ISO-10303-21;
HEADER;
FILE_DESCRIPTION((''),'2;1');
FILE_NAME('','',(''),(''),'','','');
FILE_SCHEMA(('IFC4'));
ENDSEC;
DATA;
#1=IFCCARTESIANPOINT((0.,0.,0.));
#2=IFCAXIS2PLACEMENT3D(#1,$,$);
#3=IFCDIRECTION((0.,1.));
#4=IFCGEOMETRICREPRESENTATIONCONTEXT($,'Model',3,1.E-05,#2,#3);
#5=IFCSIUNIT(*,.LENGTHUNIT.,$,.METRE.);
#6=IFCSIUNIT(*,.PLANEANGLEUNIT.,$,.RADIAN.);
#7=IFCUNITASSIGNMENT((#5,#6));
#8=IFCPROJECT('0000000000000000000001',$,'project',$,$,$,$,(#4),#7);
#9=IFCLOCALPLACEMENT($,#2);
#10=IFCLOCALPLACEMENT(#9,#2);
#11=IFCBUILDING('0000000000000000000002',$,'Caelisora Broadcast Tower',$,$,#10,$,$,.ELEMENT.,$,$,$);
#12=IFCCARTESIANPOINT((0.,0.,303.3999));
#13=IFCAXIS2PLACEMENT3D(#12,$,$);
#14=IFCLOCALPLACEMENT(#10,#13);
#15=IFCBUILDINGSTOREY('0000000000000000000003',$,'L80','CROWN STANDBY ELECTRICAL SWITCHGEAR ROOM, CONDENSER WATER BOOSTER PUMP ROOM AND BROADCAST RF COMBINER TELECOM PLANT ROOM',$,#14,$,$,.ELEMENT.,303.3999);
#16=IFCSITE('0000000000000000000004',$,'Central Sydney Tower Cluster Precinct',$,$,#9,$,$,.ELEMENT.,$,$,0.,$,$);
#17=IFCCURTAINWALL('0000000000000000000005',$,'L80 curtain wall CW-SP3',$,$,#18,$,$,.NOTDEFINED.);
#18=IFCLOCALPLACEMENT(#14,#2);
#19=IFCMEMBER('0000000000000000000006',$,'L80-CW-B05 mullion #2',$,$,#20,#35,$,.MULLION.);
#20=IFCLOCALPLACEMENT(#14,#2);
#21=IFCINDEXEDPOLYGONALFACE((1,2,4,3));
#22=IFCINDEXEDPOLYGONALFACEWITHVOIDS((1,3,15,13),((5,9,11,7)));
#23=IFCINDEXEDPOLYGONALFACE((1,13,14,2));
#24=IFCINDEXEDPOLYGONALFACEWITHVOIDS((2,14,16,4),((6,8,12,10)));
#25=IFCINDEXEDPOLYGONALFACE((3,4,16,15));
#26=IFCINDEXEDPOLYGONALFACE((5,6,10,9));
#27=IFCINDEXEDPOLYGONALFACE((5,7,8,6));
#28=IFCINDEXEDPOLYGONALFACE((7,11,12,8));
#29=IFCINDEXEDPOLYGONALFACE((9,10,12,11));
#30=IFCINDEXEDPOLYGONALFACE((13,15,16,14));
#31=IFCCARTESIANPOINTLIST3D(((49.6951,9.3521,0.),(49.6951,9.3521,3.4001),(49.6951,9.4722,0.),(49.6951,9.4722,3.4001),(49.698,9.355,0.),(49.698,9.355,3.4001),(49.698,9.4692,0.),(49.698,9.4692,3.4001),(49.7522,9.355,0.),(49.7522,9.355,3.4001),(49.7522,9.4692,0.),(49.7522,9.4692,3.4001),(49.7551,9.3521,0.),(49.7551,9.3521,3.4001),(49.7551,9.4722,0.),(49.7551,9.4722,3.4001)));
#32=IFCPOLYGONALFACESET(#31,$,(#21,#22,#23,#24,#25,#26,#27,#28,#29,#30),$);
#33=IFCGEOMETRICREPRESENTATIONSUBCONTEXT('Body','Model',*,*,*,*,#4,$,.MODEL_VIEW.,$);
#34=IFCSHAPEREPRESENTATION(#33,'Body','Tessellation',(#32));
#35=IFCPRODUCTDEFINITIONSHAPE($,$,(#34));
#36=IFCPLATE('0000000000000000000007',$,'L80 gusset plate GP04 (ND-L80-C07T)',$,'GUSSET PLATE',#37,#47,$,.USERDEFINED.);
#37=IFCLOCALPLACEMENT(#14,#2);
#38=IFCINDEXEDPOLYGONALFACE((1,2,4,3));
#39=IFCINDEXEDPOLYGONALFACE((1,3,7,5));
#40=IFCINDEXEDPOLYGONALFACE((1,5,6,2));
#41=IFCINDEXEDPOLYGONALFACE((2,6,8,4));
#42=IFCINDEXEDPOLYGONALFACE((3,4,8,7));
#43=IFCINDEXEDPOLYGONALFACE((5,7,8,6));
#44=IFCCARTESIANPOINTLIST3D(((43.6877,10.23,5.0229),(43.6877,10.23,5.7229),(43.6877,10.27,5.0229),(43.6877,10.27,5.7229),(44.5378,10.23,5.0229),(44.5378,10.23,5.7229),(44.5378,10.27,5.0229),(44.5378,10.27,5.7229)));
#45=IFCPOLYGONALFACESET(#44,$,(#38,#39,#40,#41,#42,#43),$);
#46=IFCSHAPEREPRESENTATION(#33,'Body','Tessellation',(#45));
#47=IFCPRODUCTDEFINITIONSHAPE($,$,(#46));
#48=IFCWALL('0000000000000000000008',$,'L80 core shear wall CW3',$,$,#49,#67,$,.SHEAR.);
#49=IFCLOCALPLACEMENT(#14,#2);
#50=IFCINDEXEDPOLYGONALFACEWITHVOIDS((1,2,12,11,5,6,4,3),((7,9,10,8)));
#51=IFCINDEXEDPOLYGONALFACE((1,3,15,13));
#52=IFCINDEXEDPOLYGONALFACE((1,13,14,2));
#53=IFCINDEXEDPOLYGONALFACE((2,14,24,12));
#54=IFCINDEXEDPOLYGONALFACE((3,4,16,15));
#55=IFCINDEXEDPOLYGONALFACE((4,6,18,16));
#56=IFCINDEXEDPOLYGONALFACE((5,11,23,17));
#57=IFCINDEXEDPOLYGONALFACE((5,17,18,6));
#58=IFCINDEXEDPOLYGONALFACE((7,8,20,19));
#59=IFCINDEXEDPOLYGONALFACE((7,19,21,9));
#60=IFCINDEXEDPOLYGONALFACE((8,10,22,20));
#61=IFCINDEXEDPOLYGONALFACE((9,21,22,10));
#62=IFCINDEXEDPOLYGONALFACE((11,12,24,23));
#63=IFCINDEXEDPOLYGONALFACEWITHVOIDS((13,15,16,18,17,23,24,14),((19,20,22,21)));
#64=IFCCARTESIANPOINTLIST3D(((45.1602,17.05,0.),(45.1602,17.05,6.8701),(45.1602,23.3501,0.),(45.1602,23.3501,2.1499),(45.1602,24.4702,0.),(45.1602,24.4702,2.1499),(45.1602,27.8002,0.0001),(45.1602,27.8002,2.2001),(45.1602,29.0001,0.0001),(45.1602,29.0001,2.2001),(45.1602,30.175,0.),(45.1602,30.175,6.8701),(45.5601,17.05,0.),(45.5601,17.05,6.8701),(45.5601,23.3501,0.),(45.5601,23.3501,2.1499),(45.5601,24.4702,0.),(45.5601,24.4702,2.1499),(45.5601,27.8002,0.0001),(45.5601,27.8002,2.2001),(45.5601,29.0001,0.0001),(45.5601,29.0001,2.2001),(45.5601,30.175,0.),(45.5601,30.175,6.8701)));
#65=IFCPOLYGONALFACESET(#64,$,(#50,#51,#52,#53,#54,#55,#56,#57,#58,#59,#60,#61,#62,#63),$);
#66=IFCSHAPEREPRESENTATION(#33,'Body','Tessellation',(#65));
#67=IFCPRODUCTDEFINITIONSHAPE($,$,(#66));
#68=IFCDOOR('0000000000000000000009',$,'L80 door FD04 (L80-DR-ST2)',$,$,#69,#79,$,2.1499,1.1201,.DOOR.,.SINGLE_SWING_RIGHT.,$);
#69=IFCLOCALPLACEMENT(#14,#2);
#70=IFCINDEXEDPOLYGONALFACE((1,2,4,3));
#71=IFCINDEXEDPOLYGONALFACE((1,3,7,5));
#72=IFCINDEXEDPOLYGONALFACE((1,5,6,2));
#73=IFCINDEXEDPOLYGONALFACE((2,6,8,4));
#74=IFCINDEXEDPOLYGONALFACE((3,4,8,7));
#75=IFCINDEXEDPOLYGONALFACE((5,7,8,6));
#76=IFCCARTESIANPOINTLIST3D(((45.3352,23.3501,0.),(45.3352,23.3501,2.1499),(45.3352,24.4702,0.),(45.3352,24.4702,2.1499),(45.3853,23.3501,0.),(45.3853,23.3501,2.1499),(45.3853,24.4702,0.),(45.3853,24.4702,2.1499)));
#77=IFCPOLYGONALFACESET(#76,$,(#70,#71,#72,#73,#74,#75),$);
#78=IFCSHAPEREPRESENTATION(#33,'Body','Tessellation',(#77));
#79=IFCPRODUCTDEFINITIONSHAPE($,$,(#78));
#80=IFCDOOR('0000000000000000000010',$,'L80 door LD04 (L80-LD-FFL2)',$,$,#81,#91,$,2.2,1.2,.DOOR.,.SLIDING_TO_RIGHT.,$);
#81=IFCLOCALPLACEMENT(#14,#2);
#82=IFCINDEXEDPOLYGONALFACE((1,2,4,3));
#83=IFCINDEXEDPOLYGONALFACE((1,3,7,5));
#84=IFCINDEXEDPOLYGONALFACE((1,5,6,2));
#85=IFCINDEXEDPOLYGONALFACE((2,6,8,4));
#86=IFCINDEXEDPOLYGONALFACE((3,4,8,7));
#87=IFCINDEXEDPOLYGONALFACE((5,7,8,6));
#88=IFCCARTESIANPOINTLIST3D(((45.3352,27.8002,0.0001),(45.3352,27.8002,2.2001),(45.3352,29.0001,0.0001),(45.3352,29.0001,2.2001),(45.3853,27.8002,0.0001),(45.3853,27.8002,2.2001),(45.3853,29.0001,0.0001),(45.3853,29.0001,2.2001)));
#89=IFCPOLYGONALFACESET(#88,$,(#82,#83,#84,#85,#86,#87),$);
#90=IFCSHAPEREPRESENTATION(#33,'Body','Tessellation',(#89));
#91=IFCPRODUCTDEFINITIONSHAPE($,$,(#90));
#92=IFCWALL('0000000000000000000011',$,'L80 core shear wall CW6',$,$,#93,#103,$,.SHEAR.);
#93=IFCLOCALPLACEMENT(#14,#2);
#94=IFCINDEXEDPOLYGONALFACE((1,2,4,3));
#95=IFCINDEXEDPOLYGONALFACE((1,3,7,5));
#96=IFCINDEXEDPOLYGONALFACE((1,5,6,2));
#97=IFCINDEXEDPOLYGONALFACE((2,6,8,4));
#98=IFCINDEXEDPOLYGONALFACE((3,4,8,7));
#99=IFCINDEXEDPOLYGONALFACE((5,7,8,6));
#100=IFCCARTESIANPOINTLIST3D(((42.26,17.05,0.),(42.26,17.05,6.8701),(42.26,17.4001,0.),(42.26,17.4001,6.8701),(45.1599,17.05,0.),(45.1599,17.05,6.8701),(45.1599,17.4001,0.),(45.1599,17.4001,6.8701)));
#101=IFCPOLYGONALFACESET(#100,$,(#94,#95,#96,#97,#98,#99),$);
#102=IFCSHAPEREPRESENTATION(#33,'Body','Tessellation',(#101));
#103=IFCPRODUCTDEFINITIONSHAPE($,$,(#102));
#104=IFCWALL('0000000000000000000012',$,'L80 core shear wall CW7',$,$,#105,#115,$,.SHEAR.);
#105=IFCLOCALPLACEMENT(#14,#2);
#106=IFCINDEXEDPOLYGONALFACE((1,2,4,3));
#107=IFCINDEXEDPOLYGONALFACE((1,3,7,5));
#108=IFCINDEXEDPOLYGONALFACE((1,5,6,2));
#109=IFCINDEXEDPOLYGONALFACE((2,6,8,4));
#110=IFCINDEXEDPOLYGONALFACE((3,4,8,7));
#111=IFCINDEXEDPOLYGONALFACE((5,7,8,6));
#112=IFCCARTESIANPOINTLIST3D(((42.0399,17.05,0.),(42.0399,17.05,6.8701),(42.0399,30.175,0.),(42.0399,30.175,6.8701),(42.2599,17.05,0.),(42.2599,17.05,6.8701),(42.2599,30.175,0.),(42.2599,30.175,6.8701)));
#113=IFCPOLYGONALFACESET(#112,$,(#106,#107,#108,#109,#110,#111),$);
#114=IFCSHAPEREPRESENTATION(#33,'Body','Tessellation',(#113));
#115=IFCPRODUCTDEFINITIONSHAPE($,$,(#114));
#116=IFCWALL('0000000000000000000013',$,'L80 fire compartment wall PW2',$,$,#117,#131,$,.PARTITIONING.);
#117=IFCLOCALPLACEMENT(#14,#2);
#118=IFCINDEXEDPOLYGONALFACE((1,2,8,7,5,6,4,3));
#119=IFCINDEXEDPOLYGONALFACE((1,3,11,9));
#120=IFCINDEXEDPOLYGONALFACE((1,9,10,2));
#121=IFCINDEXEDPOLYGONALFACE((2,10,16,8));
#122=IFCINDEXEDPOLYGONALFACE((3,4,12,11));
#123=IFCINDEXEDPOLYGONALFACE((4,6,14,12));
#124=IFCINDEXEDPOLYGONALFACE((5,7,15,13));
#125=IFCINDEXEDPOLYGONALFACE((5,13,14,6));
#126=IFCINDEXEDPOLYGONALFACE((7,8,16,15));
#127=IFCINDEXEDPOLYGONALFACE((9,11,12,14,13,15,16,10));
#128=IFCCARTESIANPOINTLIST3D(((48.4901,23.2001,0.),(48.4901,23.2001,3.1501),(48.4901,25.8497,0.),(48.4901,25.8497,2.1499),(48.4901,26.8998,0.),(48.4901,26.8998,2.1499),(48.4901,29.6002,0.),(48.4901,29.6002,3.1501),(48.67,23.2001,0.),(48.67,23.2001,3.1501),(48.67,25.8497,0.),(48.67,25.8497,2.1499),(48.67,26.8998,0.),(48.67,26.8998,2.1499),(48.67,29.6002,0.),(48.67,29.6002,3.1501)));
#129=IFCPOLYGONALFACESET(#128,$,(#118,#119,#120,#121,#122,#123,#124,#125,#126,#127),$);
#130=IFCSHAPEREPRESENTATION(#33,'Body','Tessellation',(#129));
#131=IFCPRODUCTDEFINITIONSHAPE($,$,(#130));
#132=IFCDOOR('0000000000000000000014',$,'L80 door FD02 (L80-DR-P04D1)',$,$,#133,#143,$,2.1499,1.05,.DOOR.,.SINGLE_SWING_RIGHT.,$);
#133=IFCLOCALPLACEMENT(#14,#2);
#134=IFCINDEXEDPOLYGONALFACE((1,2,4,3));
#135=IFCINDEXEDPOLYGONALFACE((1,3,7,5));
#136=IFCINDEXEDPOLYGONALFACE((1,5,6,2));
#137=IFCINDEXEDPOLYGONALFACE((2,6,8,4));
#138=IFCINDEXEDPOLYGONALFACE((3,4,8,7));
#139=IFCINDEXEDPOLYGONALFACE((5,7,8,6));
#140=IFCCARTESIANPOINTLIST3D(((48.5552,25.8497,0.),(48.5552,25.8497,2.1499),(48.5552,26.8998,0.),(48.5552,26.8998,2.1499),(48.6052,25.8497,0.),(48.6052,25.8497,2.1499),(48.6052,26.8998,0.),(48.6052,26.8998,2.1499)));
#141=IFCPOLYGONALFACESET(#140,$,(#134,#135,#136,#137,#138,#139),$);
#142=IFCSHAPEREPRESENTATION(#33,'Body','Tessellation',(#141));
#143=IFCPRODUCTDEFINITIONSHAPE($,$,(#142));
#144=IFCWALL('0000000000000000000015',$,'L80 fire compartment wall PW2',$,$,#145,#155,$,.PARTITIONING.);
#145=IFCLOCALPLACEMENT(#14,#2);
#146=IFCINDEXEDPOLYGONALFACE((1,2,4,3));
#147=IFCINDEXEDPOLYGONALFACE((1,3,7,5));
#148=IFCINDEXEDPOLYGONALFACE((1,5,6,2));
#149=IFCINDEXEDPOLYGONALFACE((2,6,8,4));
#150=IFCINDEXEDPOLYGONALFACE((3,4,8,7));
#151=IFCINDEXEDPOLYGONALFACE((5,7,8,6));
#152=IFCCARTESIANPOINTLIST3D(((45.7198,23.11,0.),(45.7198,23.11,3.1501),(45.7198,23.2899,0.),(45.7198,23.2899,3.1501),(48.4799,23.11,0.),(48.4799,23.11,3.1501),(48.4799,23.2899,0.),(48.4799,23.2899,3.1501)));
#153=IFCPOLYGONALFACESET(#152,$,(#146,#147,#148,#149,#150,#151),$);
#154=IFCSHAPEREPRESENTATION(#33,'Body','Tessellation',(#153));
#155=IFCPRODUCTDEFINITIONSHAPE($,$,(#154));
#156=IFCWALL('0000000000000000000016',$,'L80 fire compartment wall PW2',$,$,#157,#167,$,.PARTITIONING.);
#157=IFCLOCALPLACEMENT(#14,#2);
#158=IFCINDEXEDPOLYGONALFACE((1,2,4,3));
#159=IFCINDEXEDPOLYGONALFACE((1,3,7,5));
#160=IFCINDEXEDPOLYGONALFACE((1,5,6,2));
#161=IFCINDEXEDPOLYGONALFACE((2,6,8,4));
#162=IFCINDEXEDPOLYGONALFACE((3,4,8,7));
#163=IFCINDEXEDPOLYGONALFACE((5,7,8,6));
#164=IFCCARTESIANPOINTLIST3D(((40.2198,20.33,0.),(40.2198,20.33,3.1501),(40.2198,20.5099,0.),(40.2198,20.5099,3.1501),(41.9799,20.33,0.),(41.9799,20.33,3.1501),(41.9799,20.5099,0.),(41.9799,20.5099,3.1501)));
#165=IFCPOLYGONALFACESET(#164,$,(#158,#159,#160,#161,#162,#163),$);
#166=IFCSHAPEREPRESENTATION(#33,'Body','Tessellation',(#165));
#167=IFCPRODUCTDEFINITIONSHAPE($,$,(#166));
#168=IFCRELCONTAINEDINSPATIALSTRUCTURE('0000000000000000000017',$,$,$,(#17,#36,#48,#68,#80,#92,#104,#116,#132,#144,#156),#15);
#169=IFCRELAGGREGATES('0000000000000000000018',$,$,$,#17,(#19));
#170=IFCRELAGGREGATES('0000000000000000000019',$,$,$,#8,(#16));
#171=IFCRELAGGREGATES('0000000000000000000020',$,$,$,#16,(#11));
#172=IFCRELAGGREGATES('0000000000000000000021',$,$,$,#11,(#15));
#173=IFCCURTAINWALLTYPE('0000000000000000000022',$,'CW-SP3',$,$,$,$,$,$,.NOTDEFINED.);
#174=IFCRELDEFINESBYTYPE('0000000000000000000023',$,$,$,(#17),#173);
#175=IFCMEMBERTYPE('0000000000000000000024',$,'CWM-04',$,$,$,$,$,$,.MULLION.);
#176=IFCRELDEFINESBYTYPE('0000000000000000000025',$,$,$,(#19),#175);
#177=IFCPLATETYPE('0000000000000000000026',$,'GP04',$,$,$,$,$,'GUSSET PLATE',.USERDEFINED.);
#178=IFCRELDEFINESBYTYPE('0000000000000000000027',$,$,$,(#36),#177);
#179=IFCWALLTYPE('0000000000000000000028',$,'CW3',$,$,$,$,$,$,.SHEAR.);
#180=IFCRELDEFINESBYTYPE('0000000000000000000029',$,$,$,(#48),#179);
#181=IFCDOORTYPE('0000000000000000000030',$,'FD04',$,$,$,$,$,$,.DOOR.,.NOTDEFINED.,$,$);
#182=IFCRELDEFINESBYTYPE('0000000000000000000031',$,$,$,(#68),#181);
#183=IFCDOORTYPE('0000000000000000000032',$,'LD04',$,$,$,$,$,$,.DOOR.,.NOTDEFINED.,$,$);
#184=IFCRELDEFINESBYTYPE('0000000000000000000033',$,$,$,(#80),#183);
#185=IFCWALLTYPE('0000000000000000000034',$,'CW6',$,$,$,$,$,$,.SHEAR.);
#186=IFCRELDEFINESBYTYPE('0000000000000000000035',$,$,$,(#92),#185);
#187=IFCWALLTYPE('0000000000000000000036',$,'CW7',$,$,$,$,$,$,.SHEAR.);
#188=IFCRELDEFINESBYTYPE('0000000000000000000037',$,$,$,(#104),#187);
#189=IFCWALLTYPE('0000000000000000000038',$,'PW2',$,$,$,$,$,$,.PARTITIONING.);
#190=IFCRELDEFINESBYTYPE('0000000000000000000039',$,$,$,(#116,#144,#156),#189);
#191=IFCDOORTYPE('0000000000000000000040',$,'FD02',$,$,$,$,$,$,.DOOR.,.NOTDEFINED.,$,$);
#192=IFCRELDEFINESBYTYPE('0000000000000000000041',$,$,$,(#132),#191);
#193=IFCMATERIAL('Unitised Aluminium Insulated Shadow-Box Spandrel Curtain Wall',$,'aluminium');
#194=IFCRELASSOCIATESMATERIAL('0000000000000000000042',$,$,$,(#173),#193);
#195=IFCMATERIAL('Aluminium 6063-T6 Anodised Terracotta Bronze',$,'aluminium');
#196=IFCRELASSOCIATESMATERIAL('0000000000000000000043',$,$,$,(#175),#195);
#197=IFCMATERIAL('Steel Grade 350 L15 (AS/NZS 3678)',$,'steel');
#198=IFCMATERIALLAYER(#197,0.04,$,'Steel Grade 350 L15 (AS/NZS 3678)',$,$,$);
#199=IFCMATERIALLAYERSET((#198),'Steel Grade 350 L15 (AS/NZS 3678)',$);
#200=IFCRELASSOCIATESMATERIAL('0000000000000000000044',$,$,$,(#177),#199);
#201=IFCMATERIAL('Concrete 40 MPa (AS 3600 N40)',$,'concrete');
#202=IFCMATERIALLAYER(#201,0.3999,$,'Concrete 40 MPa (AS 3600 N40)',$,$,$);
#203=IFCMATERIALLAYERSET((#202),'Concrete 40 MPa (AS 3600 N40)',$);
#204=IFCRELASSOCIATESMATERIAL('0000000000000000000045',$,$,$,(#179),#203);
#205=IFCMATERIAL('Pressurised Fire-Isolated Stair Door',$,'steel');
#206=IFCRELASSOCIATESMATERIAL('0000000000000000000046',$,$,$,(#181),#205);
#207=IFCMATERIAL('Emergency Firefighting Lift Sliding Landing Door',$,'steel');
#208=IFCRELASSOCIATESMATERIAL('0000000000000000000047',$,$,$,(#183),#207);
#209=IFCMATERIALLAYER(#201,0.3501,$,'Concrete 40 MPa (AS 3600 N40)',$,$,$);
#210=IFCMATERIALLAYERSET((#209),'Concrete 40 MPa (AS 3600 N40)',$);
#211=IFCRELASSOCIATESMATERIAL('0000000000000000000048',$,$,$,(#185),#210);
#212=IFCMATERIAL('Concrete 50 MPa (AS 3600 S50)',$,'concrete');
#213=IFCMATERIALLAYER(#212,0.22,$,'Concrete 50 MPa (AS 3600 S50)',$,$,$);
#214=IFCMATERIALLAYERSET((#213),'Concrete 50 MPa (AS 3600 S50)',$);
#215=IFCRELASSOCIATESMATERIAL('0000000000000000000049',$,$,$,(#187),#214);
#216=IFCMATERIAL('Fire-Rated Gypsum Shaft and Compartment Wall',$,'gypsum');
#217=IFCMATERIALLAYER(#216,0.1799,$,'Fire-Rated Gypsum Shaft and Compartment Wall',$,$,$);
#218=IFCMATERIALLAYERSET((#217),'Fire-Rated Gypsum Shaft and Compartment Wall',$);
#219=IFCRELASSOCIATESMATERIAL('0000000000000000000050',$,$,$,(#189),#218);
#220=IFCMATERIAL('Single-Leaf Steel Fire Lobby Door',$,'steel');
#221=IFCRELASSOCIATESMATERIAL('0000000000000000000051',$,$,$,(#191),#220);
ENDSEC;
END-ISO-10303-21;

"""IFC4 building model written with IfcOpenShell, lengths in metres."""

from ifc_helpers import new_model, si_unit, direction, frame, frame_2d, origin, origin_2d, place, context, subcontext, project, spatial, rectangle, hollow_rectangle, extrude, source, transform, mapped, material, layer, layer_set, material_profile, profile_set, type_object, type_shapes, element, fill, aggregate, save


model = new_model("IFC4")

# Units and contexts
model_context = context("Model", 3, precision=1e-05, world=origin(), true_north=direction((0.0, 1.0)))
body_context = subcontext(model_context, "Body", "Model", "MODEL_VIEW")
ifc_project = project(units=[si_unit("LENGTHUNIT", "METRE"), si_unit("PLANEANGLEUNIT", "RADIAN")], contexts=[model_context])

# Site, building, storey
site_placement = place(None, origin())
site = spatial("IfcSite", under=ifc_project, at=site_placement, Name="Central Sydney Tower Cluster Precinct", CompositionType="ELEMENT", RefElevation=0.0)
building_placement = place(site_placement, origin())
building = spatial("IfcBuilding", under=site, at=building_placement, Name="Caelisora Broadcast Tower", CompositionType="ELEMENT")
storey_placement = place(building_placement, frame((0.0, 0.0, 303.3999)))
storey = spatial("IfcBuildingStorey", under=building, at=storey_placement, Name="L80", Description="CROWN STANDBY ELECTRICAL SWITCHGEAR ROOM, CONDENSER WATER BOOSTER PUMP ROOM AND BROADCAST RF COMBINER TELECOM PLANT ROOM", CompositionType="ELEMENT", Elevation=303.3999)

# Curtain wall, member
ifc_material_1 = material(Name="Unitised Aluminium Insulated Shadow-Box Spandrel Curtain Wall", Category="aluminium")
curtain_wall_type = type_object("IfcCurtainWallType", Name="CW-SP3", PredefinedType="NOTDEFINED", material=ifc_material_1)
curtain_wall_placement = place(storey_placement, origin())
curtain_wall = element("IfcCurtainWall", 1, at=curtain_wall_placement, inside=storey, type_object=curtain_wall_type, Name="L80 curtain wall CW-SP3", PredefinedType="NOTDEFINED")
ifc_material_2 = material(Name="Aluminium 6063-T6 Anodised Terracotta Bronze", Category="aluminium")
ifc_material_profile_1 = material_profile(ifc_material_2, hollow_rectangle(XDim=0.0601, YDim=0.1201, WallThickness=0.0029, at=origin_2d()), Name="Aluminium 6063-T6 Anodised Terracotta Bronze")
ifc_profile_set_1 = profile_set([ifc_material_profile_1], Name="Aluminium 6063-T6 Anodised Terracotta Bronze")
member_type = type_object("IfcMemberType", Name="CWM-04", PredefinedType="MULLION", material=ifc_profile_set_1)
shared_shape_1 = source(origin(), body_context, "Body", "SweptSolid", [
    extrude(hollow_rectangle(XDim=0.0601, YDim=0.1201, WallThickness=0.0029, at=origin_2d()), origin(), (0.0, 0.0, 1.0), 3.4001),
])
type_shapes(member_type, [shared_shape_1])
member_placement = place(storey_placement, frame((49.7251, 9.4121, 0.0), z_axis=(0.0, 0.0, 1.0), x_axis=(1.0, 0.0, 0.0)))
member = element("IfcMember", 2, at=member_placement, type_object=member_type, Name="L80-CW-B05 mullion #2", PredefinedType="MULLION", context=body_context, shape_type="MappedRepresentation", body=[
    mapped(shared_shape_1, transform((0.0, 0.0, 0.0), scale=1.0)),
])
aggregate(curtain_wall, [member])

# Plate
ifc_material_3 = material(Name="Steel Grade 350 L15 (AS/NZS 3678)", Category="steel")
ifc_layer_1 = layer(ifc_material_3, 0.04, Name="Steel Grade 350 L15 (AS/NZS 3678)")
ifc_layer_set_1 = layer_set([ifc_layer_1], Name="Steel Grade 350 L15 (AS/NZS 3678)")
plate_type = type_object("IfcPlateType", Name="GP04", ElementType="GUSSET PLATE", PredefinedType="USERDEFINED", material=ifc_layer_set_1)
shared_shape_2 = source(origin(), body_context, "Body", "SweptSolid", [
    extrude(rectangle(XDim=0.8501, YDim=0.04, at=origin_2d()), origin(), (0.0, 0.0, 1.0), 0.7),
])
type_shapes(plate_type, [shared_shape_2])
plate_placement = place(storey_placement, frame((44.1128, 10.25, 5.0229), z_axis=(0.0, 0.0, 1.0), x_axis=(1.0, 0.0, 0.0)))
element("IfcPlate", 3, at=plate_placement, inside=storey, type_object=plate_type, Name="L80 gusset plate GP04 (ND-L80-C07T)", ObjectType="GUSSET PLATE", PredefinedType="USERDEFINED", context=body_context, shape_type="MappedRepresentation", body=[
    mapped(shared_shape_2, transform((0.0, 0.0, 0.0), scale=1.0)),
])

# Wall, openings, doors
ifc_material_4 = material(Name="Concrete 40 MPa (AS 3600 N40)", Category="concrete")
ifc_layer_2 = layer(ifc_material_4, 0.3999, Name="Concrete 40 MPa (AS 3600 N40)")
ifc_layer_set_2 = layer_set([ifc_layer_2], Name="Concrete 40 MPa (AS 3600 N40)")
wall_type_1 = type_object("IfcWallType", Name="CW3", PredefinedType="SHEAR", material=ifc_layer_set_2)
wall_1_placement = place(storey_placement, frame((45.3601, 17.05, 0.0), z_axis=(0.0, 0.0, 1.0), x_axis=(0.0, 1.0, 0.0)))
wall_1 = element("IfcWall", 4, at=wall_1_placement, inside=storey, type_object=wall_type_1, Name="L80 core shear wall CW3", PredefinedType="SHEAR", context=body_context, shape_type="SweptSolid", body=[
    extrude(rectangle(XDim=13.125, YDim=0.3999, at=frame_2d((6.5625, 0.0))), origin(), (0.0, 0.0, 1.0), 6.8701),
])
opening_1_placement = place(wall_1_placement, frame((6.3, 0.0, 0.0)))
opening_1 = element("IfcOpeningElement", 5, at=opening_1_placement, cuts=wall_1, PredefinedType="OPENING", context=body_context, shape_type="SweptSolid", body=[
    extrude(rectangle(XDim=1.1201, YDim=2.1499, at=frame_2d((0.5601, 1.075))), frame((0.0, 0.2119, 0.0), z_axis=(0.0, -1.0, 0.0), x_axis=(1.0, 0.0, 0.0)), (0.0, 0.0, 1.0), 0.4238),
])
opening_2_placement = place(wall_1_placement, frame((10.75, 0.0, 0.0)))
opening_2 = element("IfcOpeningElement", 6, at=opening_2_placement, cuts=wall_1, PredefinedType="OPENING", context=body_context, shape_type="SweptSolid", body=[
    extrude(rectangle(XDim=1.2, YDim=2.2, at=frame_2d((0.6001, 1.1001))), frame((0.0, 0.2119, 0.0), z_axis=(0.0, -1.0, 0.0), x_axis=(1.0, 0.0, 0.0)), (0.0, 0.0, 1.0), 0.4238),
])
ifc_material_5 = material(Name="Pressurised Fire-Isolated Stair Door", Category="steel")
door_type_1 = type_object("IfcDoorType", Name="FD04", OperationType="NOTDEFINED", PredefinedType="DOOR", material=ifc_material_5)
door_1_placement = place(opening_1_placement, origin())
door_1 = element("IfcDoor", 7, at=door_1_placement, inside=storey, type_object=door_type_1, Name="L80 door FD04 (L80-DR-ST2)", OperationType="SINGLE_SWING_RIGHT", OverallHeight=2.1499, OverallWidth=1.1201, PredefinedType="DOOR", context=body_context, shape_type="SweptSolid", body=[
    extrude(rectangle(XDim=1.1201, YDim=2.1499, at=frame_2d((0.5601, 1.075))), frame((0.0, 0.0249, 0.0), z_axis=(0.0, -1.0, 0.0), x_axis=(1.0, 0.0, 0.0)), (0.0, 0.0, 1.0), 0.05),
])
fill(opening_1, door_1)
ifc_material_6 = material(Name="Emergency Firefighting Lift Sliding Landing Door", Category="steel")
door_type_2 = type_object("IfcDoorType", Name="LD04", OperationType="NOTDEFINED", PredefinedType="DOOR", material=ifc_material_6)
door_2_placement = place(opening_2_placement, origin())
door_2 = element("IfcDoor", 8, at=door_2_placement, inside=storey, type_object=door_type_2, Name="L80 door LD04 (L80-LD-FFL2)", OperationType="SLIDING_TO_RIGHT", OverallHeight=2.2, OverallWidth=1.2, PredefinedType="DOOR", context=body_context, shape_type="SweptSolid", body=[
    extrude(rectangle(XDim=1.2, YDim=2.2, at=frame_2d((0.6001, 1.1001))), frame((0.0, 0.0249, 0.0), z_axis=(0.0, -1.0, 0.0), x_axis=(1.0, 0.0, 0.0)), (0.0, 0.0, 1.0), 0.05),
])
fill(opening_2, door_2)

# Walls
ifc_layer_3 = layer(ifc_material_4, 0.3501, Name="Concrete 40 MPa (AS 3600 N40)")
ifc_layer_set_3 = layer_set([ifc_layer_3], Name="Concrete 40 MPa (AS 3600 N40)")
wall_type_2 = type_object("IfcWallType", Name="CW6", PredefinedType="SHEAR", material=ifc_layer_set_3)
wall_2_placement = place(storey_placement, frame((42.26, 17.2251, 0.0), z_axis=(0.0, 0.0, 1.0), x_axis=(1.0, 0.0, 0.0)))
element("IfcWall", 9, at=wall_2_placement, inside=storey, type_object=wall_type_2, Name="L80 core shear wall CW6", PredefinedType="SHEAR", context=body_context, shape_type="SweptSolid", body=[
    extrude(rectangle(XDim=2.8999, YDim=0.3501, at=frame_2d((1.45, 0.0))), origin(), (0.0, 0.0, 1.0), 6.8701),
])
ifc_material_7 = material(Name="Concrete 50 MPa (AS 3600 S50)", Category="concrete")
ifc_layer_4 = layer(ifc_material_7, 0.22, Name="Concrete 50 MPa (AS 3600 S50)")
ifc_layer_set_4 = layer_set([ifc_layer_4], Name="Concrete 50 MPa (AS 3600 S50)")
wall_type_3 = type_object("IfcWallType", Name="CW7", PredefinedType="SHEAR", material=ifc_layer_set_4)
wall_3_placement = place(storey_placement, frame((42.1499, 17.05, 0.0), z_axis=(0.0, 0.0, 1.0), x_axis=(0.0, 1.0, 0.0)))
element("IfcWall", 10, at=wall_3_placement, inside=storey, type_object=wall_type_3, Name="L80 core shear wall CW7", PredefinedType="SHEAR", context=body_context, shape_type="SweptSolid", body=[
    extrude(rectangle(XDim=13.125, YDim=0.22, at=frame_2d((6.5625, 0.0))), origin(), (0.0, 0.0, 1.0), 6.8701),
])

# Wall, opening, door
ifc_material_8 = material(Name="Fire-Rated Gypsum Shaft and Compartment Wall", Category="gypsum")
ifc_layer_5 = layer(ifc_material_8, 0.1799, Name="Fire-Rated Gypsum Shaft and Compartment Wall")
ifc_layer_set_5 = layer_set([ifc_layer_5], Name="Fire-Rated Gypsum Shaft and Compartment Wall")
wall_type_4 = type_object("IfcWallType", Name="PW2", PredefinedType="PARTITIONING", material=ifc_layer_set_5)
wall_4_placement = place(storey_placement, frame((48.5801, 23.2, 0.0), z_axis=(0.0, 0.0, 1.0), x_axis=(0.0, 1.0, 0.0)))
wall_4 = element("IfcWall", 11, at=wall_4_placement, inside=storey, type_object=wall_type_4, Name="L80 fire compartment wall PW2", PredefinedType="PARTITIONING", context=body_context, shape_type="SweptSolid", body=[
    extrude(rectangle(XDim=6.4001, YDim=0.1799, at=frame_2d((3.2002, 0.0))), origin(), (0.0, 0.0, 1.0), 3.1501),
])
opening_3_placement = place(wall_4_placement, frame((2.6499, 0.0, 0.0)))
opening_3 = element("IfcOpeningElement", 12, at=opening_3_placement, cuts=wall_4, PredefinedType="OPENING", context=body_context, shape_type="SweptSolid", body=[
    extrude(rectangle(XDim=1.05, YDim=2.1499, at=frame_2d((0.5249, 1.075))), frame((0.0, 0.1021, 0.0), z_axis=(0.0, -1.0, 0.0), x_axis=(1.0, 0.0, 0.0)), (0.0, 0.0, 1.0), 0.2039),
])
ifc_material_9 = material(Name="Single-Leaf Steel Fire Lobby Door", Category="steel")
door_type_3 = type_object("IfcDoorType", Name="FD02", OperationType="NOTDEFINED", PredefinedType="DOOR", material=ifc_material_9)
door_3_placement = place(opening_3_placement, origin())
door_3 = element("IfcDoor", 13, at=door_3_placement, inside=storey, type_object=door_type_3, Name="L80 door FD02 (L80-DR-P04D1)", OperationType="SINGLE_SWING_RIGHT", OverallHeight=2.1499, OverallWidth=1.05, PredefinedType="DOOR", context=body_context, shape_type="SweptSolid", body=[
    extrude(rectangle(XDim=1.05, YDim=2.1499, at=frame_2d((0.5249, 1.075))), frame((0.0, 0.0249, 0.0), z_axis=(0.0, -1.0, 0.0), x_axis=(1.0, 0.0, 0.0)), (0.0, 0.0, 1.0), 0.05),
])
fill(opening_3, door_3)

# Walls
wall_5_placement = place(storey_placement, frame((45.72, 23.2, 0.0), z_axis=(0.0, 0.0, 1.0), x_axis=(1.0, 0.0, 0.0)))
element("IfcWall", 14, at=wall_5_placement, inside=storey, type_object=wall_type_4, Name="L80 fire compartment wall PW2", PredefinedType="PARTITIONING", context=body_context, shape_type="SweptSolid", body=[
    extrude(rectangle(XDim=2.76, YDim=0.1799, at=frame_2d((1.3799, 0.0))), origin(), (0.0, 0.0, 1.0), 3.1501),
])
wall_6_placement = place(storey_placement, frame((40.22, 20.4199, 0.0), z_axis=(0.0, 0.0, 1.0), x_axis=(1.0, 0.0, 0.0)))
element("IfcWall", 15, at=wall_6_placement, inside=storey, type_object=wall_type_4, Name="L80 fire compartment wall PW2", PredefinedType="PARTITIONING", context=body_context, shape_type="SweptSolid", body=[
    extrude(rectangle(XDim=1.76, YDim=0.1799, at=frame_2d((0.8799, 0.0))), origin(), (0.0, 0.0, 1.0), 3.1501),
])

save(model, "model.ifc")
